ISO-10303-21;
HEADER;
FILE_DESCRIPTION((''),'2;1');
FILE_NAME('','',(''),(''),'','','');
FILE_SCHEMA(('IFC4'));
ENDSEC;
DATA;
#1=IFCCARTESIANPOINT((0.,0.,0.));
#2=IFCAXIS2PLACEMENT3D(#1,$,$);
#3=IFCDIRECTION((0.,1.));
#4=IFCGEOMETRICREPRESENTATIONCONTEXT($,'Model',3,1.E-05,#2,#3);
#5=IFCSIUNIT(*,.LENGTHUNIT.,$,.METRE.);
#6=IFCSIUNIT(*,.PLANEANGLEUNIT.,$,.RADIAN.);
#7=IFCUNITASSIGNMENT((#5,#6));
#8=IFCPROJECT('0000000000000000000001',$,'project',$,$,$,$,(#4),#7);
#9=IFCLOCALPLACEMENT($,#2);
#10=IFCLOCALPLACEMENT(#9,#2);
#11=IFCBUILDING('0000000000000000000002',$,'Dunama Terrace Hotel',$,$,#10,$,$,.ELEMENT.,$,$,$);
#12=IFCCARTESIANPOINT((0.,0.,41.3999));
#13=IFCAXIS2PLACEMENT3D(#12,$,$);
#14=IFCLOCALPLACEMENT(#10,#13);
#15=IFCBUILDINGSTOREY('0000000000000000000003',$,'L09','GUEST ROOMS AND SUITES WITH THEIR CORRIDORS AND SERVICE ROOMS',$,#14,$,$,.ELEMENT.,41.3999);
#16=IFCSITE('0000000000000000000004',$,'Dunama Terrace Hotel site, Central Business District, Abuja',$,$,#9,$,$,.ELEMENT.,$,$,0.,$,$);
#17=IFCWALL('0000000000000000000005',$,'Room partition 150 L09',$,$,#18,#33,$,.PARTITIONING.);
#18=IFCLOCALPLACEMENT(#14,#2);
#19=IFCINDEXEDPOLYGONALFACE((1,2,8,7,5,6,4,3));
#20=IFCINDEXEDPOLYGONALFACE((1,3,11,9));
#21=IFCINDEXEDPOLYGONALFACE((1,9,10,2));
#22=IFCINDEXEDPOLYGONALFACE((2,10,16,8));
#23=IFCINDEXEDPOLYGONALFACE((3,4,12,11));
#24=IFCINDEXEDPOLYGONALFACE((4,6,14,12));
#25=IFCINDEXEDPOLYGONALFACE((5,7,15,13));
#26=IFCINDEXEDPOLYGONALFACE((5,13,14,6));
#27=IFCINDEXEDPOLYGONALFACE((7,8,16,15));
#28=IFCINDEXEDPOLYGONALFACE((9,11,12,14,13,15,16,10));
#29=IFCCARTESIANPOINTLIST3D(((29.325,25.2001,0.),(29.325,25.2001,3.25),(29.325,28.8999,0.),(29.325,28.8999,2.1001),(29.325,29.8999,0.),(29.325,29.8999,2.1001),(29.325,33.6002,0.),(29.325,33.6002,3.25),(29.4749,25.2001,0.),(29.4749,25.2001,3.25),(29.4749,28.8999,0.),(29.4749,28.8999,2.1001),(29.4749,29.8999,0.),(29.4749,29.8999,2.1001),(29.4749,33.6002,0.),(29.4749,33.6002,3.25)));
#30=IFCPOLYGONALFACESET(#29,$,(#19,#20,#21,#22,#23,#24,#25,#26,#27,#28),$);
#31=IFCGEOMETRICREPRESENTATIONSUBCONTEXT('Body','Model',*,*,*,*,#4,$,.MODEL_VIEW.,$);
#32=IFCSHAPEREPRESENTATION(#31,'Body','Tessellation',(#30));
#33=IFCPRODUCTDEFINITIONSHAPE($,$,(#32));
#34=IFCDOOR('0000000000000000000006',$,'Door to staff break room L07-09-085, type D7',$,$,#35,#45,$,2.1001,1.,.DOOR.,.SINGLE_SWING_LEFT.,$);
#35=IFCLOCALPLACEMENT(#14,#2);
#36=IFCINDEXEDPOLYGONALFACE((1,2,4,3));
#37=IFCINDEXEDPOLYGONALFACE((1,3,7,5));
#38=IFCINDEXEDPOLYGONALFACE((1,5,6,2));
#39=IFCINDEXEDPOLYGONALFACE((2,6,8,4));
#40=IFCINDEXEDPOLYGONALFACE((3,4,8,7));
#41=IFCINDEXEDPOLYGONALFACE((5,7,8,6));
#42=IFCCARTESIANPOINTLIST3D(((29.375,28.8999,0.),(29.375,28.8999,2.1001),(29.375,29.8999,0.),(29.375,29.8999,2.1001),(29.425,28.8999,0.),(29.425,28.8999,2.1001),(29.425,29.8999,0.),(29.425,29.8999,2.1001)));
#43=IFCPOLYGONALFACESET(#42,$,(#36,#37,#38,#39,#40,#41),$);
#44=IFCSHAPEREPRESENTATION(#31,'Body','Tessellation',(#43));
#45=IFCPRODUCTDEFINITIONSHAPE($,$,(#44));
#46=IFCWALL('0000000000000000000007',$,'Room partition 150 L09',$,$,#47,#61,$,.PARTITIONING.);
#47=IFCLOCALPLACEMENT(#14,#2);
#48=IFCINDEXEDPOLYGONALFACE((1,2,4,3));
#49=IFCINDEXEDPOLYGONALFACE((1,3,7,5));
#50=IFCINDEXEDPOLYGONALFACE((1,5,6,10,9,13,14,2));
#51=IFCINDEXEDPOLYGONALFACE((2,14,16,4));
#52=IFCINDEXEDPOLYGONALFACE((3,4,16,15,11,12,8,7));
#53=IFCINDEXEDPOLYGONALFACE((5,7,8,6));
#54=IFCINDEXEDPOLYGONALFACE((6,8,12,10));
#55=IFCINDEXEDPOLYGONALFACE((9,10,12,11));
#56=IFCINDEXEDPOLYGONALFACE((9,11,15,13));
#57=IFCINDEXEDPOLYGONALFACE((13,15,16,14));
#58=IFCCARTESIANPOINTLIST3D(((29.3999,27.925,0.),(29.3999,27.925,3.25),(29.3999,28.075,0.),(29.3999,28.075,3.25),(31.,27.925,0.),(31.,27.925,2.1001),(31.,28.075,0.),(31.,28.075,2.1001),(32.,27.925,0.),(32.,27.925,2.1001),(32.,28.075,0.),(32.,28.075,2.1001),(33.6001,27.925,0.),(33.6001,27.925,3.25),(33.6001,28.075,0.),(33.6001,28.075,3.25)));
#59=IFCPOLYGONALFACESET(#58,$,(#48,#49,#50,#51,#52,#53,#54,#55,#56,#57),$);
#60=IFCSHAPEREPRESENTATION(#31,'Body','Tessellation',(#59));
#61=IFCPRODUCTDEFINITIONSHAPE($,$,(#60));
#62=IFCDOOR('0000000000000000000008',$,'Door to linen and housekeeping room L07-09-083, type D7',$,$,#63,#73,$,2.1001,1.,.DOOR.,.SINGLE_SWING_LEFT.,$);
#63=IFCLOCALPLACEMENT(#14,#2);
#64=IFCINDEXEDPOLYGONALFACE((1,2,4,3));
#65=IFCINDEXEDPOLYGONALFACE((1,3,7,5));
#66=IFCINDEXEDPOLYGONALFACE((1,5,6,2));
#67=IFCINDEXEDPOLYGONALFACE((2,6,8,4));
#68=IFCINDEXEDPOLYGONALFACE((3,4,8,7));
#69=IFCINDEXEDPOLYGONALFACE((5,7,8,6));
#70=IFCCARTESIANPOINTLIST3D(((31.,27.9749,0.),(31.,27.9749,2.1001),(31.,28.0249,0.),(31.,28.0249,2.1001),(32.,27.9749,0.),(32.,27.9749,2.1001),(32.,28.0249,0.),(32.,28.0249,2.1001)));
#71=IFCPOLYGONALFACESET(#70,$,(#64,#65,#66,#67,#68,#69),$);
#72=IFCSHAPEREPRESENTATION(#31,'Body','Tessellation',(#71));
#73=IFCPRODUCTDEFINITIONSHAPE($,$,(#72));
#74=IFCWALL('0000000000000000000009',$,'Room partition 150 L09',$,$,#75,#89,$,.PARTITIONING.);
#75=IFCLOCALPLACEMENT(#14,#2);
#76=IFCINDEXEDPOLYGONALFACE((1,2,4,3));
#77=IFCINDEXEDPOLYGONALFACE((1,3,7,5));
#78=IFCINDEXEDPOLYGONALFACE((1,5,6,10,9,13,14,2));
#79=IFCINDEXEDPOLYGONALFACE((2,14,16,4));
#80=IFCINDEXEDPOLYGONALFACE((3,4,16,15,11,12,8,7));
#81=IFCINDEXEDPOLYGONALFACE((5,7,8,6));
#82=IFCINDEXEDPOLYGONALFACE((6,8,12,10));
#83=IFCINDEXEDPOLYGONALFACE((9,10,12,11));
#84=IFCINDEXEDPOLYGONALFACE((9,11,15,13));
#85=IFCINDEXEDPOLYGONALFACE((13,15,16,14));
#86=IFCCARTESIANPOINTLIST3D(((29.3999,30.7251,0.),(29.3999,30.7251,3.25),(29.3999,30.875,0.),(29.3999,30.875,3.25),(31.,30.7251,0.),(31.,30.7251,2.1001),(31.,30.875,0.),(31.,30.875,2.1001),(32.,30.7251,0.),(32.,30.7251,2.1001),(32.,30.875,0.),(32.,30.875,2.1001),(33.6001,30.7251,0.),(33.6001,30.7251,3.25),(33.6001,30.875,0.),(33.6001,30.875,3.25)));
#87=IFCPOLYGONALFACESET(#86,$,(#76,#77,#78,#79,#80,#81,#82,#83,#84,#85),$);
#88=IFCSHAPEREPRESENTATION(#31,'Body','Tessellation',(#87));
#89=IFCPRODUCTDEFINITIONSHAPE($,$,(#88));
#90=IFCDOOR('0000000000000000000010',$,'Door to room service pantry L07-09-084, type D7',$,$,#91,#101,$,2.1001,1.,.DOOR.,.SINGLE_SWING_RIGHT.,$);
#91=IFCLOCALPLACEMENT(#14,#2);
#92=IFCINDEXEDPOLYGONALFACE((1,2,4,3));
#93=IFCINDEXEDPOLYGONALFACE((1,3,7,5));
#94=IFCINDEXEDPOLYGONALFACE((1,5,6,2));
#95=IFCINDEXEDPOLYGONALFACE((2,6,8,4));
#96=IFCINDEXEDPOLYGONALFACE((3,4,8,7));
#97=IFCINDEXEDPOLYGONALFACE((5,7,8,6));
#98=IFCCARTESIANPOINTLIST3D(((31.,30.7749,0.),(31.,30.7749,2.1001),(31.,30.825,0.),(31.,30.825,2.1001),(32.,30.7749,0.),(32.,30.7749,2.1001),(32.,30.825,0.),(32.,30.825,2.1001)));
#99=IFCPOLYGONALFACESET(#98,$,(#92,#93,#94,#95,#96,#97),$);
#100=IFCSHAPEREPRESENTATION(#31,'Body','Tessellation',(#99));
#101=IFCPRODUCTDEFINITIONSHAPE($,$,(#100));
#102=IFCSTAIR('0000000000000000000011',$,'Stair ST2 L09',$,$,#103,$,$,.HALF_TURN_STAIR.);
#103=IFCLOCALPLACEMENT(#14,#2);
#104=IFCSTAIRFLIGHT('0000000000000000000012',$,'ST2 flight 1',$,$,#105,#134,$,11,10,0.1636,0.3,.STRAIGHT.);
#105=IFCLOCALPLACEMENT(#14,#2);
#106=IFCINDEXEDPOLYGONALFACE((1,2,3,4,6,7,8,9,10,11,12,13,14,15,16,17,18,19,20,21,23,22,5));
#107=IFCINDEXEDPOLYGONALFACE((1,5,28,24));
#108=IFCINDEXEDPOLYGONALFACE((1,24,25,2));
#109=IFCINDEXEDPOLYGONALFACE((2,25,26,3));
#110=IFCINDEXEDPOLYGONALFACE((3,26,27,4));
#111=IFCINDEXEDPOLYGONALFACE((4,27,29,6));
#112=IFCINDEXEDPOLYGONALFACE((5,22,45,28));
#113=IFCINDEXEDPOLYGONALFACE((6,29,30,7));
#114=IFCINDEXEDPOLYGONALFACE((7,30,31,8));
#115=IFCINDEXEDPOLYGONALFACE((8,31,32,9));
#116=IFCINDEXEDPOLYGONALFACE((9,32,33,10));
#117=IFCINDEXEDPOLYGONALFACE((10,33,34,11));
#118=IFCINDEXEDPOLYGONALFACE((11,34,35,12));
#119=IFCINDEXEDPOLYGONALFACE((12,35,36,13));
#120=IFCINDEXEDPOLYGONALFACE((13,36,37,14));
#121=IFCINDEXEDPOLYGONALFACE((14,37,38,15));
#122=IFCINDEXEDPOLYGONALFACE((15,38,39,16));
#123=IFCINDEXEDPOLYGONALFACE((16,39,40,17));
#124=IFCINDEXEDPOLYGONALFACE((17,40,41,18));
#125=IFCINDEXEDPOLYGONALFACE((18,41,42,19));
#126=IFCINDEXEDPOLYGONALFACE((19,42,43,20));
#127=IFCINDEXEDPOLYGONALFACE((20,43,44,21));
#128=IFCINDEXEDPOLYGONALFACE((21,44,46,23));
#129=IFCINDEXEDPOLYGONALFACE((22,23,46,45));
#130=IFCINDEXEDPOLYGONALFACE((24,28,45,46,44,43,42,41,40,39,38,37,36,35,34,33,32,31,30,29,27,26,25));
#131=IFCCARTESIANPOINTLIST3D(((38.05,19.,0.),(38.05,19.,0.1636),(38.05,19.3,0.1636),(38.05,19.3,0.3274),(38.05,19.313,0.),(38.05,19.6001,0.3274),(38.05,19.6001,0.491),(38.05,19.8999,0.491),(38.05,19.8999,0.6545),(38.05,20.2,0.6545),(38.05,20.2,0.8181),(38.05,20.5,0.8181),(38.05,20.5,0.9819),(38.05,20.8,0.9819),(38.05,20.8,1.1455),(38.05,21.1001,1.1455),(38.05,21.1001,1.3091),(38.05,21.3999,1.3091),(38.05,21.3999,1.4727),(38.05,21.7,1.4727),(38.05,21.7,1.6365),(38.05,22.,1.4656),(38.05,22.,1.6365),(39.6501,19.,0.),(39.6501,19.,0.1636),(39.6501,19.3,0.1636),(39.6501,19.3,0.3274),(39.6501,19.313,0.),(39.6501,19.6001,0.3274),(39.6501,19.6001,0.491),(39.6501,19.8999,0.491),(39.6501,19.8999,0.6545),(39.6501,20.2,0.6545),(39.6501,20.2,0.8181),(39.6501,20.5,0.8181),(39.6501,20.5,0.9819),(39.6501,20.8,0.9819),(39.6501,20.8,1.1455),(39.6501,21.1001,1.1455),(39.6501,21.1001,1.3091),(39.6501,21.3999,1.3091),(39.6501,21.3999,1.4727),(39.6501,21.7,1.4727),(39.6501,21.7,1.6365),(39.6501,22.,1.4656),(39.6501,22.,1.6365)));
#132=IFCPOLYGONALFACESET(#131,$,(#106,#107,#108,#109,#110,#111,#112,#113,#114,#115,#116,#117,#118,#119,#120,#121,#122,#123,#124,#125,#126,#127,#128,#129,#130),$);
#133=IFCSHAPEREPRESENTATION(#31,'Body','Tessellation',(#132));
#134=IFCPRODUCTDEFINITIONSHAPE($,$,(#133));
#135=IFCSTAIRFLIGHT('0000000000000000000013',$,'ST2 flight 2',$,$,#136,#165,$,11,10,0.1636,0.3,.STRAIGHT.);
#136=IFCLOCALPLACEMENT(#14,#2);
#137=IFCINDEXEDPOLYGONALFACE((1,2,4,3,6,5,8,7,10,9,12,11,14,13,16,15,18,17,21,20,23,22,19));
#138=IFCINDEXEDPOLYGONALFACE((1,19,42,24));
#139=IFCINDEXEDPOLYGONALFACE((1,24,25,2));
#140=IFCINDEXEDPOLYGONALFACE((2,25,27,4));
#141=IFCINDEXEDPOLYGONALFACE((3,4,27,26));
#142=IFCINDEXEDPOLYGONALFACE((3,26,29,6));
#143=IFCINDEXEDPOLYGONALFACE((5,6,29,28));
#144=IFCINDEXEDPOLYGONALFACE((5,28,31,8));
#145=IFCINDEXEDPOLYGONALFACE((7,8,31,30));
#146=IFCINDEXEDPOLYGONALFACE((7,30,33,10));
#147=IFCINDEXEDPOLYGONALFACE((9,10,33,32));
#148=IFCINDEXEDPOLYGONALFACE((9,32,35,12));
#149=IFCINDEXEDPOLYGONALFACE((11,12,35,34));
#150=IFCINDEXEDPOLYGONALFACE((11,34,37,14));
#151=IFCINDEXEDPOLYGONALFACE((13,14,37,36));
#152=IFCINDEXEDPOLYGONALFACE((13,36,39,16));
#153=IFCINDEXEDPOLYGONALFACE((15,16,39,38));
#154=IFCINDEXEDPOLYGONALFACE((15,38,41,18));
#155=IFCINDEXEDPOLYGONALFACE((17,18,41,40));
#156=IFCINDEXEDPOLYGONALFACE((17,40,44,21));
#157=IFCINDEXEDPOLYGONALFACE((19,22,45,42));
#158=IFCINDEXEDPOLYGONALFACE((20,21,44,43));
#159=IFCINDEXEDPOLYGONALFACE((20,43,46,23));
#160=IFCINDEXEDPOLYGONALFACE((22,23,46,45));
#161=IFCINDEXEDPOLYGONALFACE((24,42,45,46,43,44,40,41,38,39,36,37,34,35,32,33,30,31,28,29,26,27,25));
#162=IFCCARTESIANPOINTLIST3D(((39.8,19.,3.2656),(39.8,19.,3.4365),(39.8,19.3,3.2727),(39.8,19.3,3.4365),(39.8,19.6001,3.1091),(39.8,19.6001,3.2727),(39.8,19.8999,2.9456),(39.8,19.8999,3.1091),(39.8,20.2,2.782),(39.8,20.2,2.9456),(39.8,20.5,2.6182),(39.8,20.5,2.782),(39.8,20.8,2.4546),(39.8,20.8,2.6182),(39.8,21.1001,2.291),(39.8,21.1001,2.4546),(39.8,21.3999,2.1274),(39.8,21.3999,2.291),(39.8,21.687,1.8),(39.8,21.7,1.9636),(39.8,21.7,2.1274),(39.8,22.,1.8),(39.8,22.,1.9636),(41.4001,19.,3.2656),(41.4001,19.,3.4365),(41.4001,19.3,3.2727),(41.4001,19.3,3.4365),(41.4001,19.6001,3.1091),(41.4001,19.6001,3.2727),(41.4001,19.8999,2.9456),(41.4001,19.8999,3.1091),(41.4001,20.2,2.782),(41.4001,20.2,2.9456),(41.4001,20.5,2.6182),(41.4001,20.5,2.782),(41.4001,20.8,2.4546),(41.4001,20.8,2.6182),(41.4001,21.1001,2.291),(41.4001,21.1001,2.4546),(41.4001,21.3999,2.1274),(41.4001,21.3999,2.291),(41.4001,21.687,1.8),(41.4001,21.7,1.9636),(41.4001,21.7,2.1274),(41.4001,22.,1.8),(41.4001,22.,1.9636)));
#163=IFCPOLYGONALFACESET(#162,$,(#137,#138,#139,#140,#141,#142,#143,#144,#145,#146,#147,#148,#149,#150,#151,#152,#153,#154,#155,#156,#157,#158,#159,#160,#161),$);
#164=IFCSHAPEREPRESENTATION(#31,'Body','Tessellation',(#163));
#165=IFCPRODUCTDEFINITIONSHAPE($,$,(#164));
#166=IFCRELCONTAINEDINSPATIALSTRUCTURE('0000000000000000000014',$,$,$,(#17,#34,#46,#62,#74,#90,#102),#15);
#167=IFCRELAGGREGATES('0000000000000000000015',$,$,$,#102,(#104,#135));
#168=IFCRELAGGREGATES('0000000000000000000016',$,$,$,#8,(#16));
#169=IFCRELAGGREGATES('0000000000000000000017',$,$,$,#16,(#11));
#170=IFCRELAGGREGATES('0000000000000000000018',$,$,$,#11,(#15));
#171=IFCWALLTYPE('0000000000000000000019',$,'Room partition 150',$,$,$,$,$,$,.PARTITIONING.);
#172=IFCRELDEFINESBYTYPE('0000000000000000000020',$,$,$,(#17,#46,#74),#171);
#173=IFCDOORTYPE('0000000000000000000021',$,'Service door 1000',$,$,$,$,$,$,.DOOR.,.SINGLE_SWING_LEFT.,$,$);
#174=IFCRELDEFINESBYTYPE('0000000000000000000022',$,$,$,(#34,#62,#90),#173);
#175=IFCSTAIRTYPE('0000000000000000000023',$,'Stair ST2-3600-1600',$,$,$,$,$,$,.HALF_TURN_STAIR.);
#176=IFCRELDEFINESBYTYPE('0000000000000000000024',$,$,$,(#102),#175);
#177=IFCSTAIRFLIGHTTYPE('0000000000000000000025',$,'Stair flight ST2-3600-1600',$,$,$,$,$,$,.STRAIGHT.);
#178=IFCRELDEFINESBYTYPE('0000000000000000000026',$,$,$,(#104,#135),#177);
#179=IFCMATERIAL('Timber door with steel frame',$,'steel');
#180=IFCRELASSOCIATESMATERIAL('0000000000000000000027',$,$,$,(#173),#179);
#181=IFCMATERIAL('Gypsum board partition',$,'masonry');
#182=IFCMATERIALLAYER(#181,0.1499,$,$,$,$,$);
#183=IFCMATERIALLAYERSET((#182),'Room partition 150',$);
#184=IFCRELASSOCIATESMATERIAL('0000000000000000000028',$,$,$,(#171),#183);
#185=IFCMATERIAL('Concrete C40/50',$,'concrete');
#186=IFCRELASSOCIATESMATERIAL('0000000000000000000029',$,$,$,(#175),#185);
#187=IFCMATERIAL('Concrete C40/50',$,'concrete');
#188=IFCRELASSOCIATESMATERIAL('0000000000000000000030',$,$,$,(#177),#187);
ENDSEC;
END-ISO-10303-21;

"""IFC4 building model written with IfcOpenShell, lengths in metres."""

from ifc_helpers import new_model, si_unit, direction, frame, frame_2d, origin, place, context, subcontext, project, spatial, polyline, rectangle, outline, extrude, material, layer, layer_set, type_object, element, fill, aggregate, save


model = new_model("IFC4")

# Units and contexts
model_context = context("Model", 3, precision=1e-05, world=origin(), true_north=direction((0.0, 1.0)))
body_context = subcontext(model_context, "Body", "Model", "MODEL_VIEW")
ifc_project = project(units=[si_unit("LENGTHUNIT", "METRE"), si_unit("PLANEANGLEUNIT", "RADIAN")], contexts=[model_context])

# Site, building, storey
site_placement = place(None, origin())
site = spatial("IfcSite", under=ifc_project, at=site_placement, Name="Dunama Terrace Hotel site, Central Business District, Abuja", CompositionType="ELEMENT", RefElevation=0.0)
building_placement = place(site_placement, origin())
building = spatial("IfcBuilding", under=site, at=building_placement, Name="Dunama Terrace Hotel", CompositionType="ELEMENT")
storey_placement = place(building_placement, frame((0.0, 0.0, 41.3999)))
storey = spatial("IfcBuildingStorey", under=building, at=storey_placement, Name="L09", Description="GUEST ROOMS AND SUITES WITH THEIR CORRIDORS AND SERVICE ROOMS", CompositionType="ELEMENT", Elevation=41.3999)

# Shared definitions
ifc_material_1 = material(Name="Timber door with steel frame", Category="steel")
door_type_1 = type_object("IfcDoorType", Name="Service door 1000", OperationType="SINGLE_SWING_LEFT", PredefinedType="DOOR", material=ifc_material_1)

# Walls, openings, doors
ifc_material_2 = material(Name="Gypsum board partition", Category="masonry")
ifc_layer_1 = layer(ifc_material_2, 0.1499)
ifc_layer_set_1 = layer_set([ifc_layer_1], Name="Room partition 150")
wall_type_1 = type_object("IfcWallType", Name="Room partition 150", PredefinedType="PARTITIONING", material=ifc_layer_set_1)
wall_1_placement = place(storey_placement, frame((29.3999, 25.2, 0.0), z_axis=(0.0, 0.0, 1.0), x_axis=(0.0, 1.0, 0.0)))
wall_1 = element("IfcWall", 1, at=wall_1_placement, inside=storey, type_object=wall_type_1, Name="Room partition 150 L09", PredefinedType="PARTITIONING", context=body_context, shape_type="SweptSolid", body=[
    extrude(rectangle(XDim=8.4001, YDim=0.1499, at=frame_2d((4.2002, 0.0))), origin(), (0.0, 0.0, 1.0), 3.25),
])
opening_1_placement = place(wall_1_placement, frame((3.7, 0.0, 0.0)))
opening_1 = element("IfcOpeningElement", 2, at=opening_1_placement, cuts=wall_1, PredefinedType="OPENING", context=body_context, shape_type="SweptSolid", body=[
    extrude(rectangle(XDim=1.0, YDim=2.1001, at=frame_2d((0.5, 1.05))), frame((0.0, 0.085, 0.0), z_axis=(0.0, -1.0, 0.0), x_axis=(1.0, 0.0, 0.0)), (0.0, 0.0, 1.0), 0.1699),
])
door_1_placement = place(opening_1_placement, origin())
door_1 = element("IfcDoor", 3, at=door_1_placement, inside=storey, type_object=door_type_1, Name="Door to staff break room L07-09-085, type D7", OperationType="SINGLE_SWING_LEFT", OverallHeight=2.1001, OverallWidth=1.0, PredefinedType="DOOR", context=body_context, shape_type="SweptSolid", body=[
    extrude(rectangle(XDim=1.0, YDim=2.1001, at=frame_2d((0.5, 1.05))), frame((0.0, 0.0249, 0.0), z_axis=(0.0, -1.0, 0.0), x_axis=(1.0, 0.0, 0.0)), (0.0, 0.0, 1.0), 0.05),
])
fill(opening_1, door_1)
wall_2_placement = place(storey_placement, frame((29.3999, 28.0, 0.0), z_axis=(0.0, 0.0, 1.0), x_axis=(1.0, 0.0, 0.0)))
wall_2 = element("IfcWall", 4, at=wall_2_placement, inside=storey, type_object=wall_type_1, Name="Room partition 150 L09", PredefinedType="PARTITIONING", context=body_context, shape_type="SweptSolid", body=[
    extrude(rectangle(XDim=4.2002, YDim=0.1499, at=frame_2d((2.1001, 0.0))), origin(), (0.0, 0.0, 1.0), 3.25),
])
opening_2_placement = place(wall_2_placement, frame((1.6001, 0.0, 0.0)))
opening_2 = element("IfcOpeningElement", 5, at=opening_2_placement, cuts=wall_2, PredefinedType="OPENING", context=body_context, shape_type="SweptSolid", body=[
    extrude(rectangle(XDim=1.0, YDim=2.1001, at=frame_2d((0.5, 1.05))), frame((0.0, 0.085, 0.0), z_axis=(0.0, -1.0, 0.0), x_axis=(1.0, 0.0, 0.0)), (0.0, 0.0, 1.0), 0.1699),
])
door_2_placement = place(opening_2_placement, frame((1.0, 0.0, 0.0), z_axis=(0.0, 0.0, 1.0), x_axis=(-1.0, 0.0, 0.0)))
door_2 = element("IfcDoor", 6, at=door_2_placement, inside=storey, type_object=door_type_1, Name="Door to linen and housekeeping room L07-09-083, type D7", OperationType="SINGLE_SWING_LEFT", OverallHeight=2.1001, OverallWidth=1.0, PredefinedType="DOOR", context=body_context, shape_type="SweptSolid", body=[
    extrude(rectangle(XDim=1.0, YDim=2.1001, at=frame_2d((0.5, 1.05))), frame((0.0, 0.0251, 0.0), z_axis=(0.0, -1.0, 0.0), x_axis=(1.0, 0.0, 0.0)), (0.0, 0.0, 1.0), 0.05),
])
fill(opening_2, door_2)
wall_3_placement = place(storey_placement, frame((29.3999, 30.8, 0.0), z_axis=(0.0, 0.0, 1.0), x_axis=(1.0, 0.0, 0.0)))
wall_3 = element("IfcWall", 7, at=wall_3_placement, inside=storey, type_object=wall_type_1, Name="Room partition 150 L09", PredefinedType="PARTITIONING", context=body_context, shape_type="SweptSolid", body=[
    extrude(rectangle(XDim=4.2002, YDim=0.1499, at=frame_2d((2.1001, 0.0))), origin(), (0.0, 0.0, 1.0), 3.25),
])
opening_3_placement = place(wall_3_placement, frame((1.6001, 0.0, 0.0)))
opening_3 = element("IfcOpeningElement", 8, at=opening_3_placement, cuts=wall_3, PredefinedType="OPENING", context=body_context, shape_type="SweptSolid", body=[
    extrude(rectangle(XDim=1.0, YDim=2.1001, at=frame_2d((0.5, 1.05))), frame((0.0, 0.085, 0.0), z_axis=(0.0, -1.0, 0.0), x_axis=(1.0, 0.0, 0.0)), (0.0, 0.0, 1.0), 0.1699),
])
door_3_placement = place(opening_3_placement, origin())
door_3 = element("IfcDoor", 9, at=door_3_placement, inside=storey, type_object=door_type_1, Name="Door to room service pantry L07-09-084, type D7", OperationType="SINGLE_SWING_RIGHT", OverallHeight=2.1001, OverallWidth=1.0, PredefinedType="DOOR", context=body_context, shape_type="SweptSolid", body=[
    extrude(rectangle(XDim=1.0, YDim=2.1001, at=frame_2d((0.5, 1.05))), frame((0.0, 0.0249, 0.0), z_axis=(0.0, -1.0, 0.0), x_axis=(1.0, 0.0, 0.0)), (0.0, 0.0, 1.0), 0.05),
])
fill(opening_3, door_3)

# Stair, stair flights
ifc_material_3 = material(Name="Concrete C40/50", Category="concrete")
stair_type = type_object("IfcStairType", Name="Stair ST2-3600-1600", PredefinedType="HALF_TURN_STAIR", material=ifc_material_3)
stair_placement = place(storey_placement, origin())
stair = element("IfcStair", 10, at=stair_placement, inside=storey, type_object=stair_type, Name="Stair ST2 L09", PredefinedType="HALF_TURN_STAIR")
ifc_material_4 = material(Name="Concrete C40/50", Category="concrete")
stair_flight_type = type_object("IfcStairFlightType", Name="Stair flight ST2-3600-1600", PredefinedType="STRAIGHT", material=ifc_material_4)
stair_flight_1_placement = place(storey_placement, frame((38.8501, 19.0, 0.0), z_axis=(0.0, 0.0, 1.0), x_axis=(0.0, 1.0, 0.0)))
stair_flight_1 = element("IfcStairFlight", 11, at=stair_flight_1_placement, type_object=stair_flight_type, Name="ST2 flight 1", NumberOfRisers=11, NumberOfTreads=10, PredefinedType="STRAIGHT", RiserHeight=0.1636, TreadLength=0.3, context=body_context, shape_type="SweptSolid", body=[
    extrude(outline(polyline([(0.0, 0.0), (0.0, 0.1636), (0.3, 0.1636), (0.3, 0.3274), (0.6001, 0.3274), (0.6001, 0.491), (0.8999, 0.491), (0.8999, 0.6545), (1.2, 0.6545), (1.2, 0.8181), (1.5, 0.8181), (1.5, 0.9819), (1.8, 0.9819), (1.8, 1.1455), (2.1001, 1.1455), (2.1001, 1.3091), (2.3999, 1.3091), (2.3999, 1.4727), (2.7, 1.4727), (2.7, 1.6365), (3.0, 1.6365), (3.0, 1.8), (3.0, 1.4656), (0.313, 0.0), (0.0, 0.0)])), frame((0.0, 0.8, 0.0), z_axis=(0.0, -1.0, 0.0), x_axis=(1.0, 0.0, 0.0)), (0.0, 0.0, 1.0), 1.6001),
])
stair_flight_2_placement = place(storey_placement, frame((40.6001, 22.0, 1.8), z_axis=(0.0, 0.0, 1.0), x_axis=(0.0, -1.0, 0.0)))
stair_flight_2 = element("IfcStairFlight", 12, at=stair_flight_2_placement, type_object=stair_flight_type, Name="ST2 flight 2", NumberOfRisers=11, NumberOfTreads=10, PredefinedType="STRAIGHT", RiserHeight=0.1636, TreadLength=0.3, context=body_context, shape_type="SweptSolid", body=[
    extrude(outline(polyline([(0.0, 0.0), (0.0, 0.1636), (0.3, 0.1636), (0.3, 0.3274), (0.6001, 0.3274), (0.6001, 0.491), (0.8999, 0.491), (0.8999, 0.6545), (1.2, 0.6545), (1.2, 0.8181), (1.5, 0.8181), (1.5, 0.9819), (1.8, 0.9819), (1.8, 1.1455), (2.1001, 1.1455), (2.1001, 1.3091), (2.3999, 1.3091), (2.3999, 1.4727), (2.7, 1.4727), (2.7, 1.6365), (3.0, 1.6365), (3.0, 1.8), (3.0, 1.4656), (0.313, 0.0), (0.0, 0.0)])), frame((0.0, 0.8, 0.0), z_axis=(0.0, -1.0, 0.0), x_axis=(1.0, 0.0, 0.0)), (0.0, 0.0, 1.0), 1.6001),
])
aggregate(stair, [stair_flight_1, stair_flight_2])

save(model, "model.ifc")
